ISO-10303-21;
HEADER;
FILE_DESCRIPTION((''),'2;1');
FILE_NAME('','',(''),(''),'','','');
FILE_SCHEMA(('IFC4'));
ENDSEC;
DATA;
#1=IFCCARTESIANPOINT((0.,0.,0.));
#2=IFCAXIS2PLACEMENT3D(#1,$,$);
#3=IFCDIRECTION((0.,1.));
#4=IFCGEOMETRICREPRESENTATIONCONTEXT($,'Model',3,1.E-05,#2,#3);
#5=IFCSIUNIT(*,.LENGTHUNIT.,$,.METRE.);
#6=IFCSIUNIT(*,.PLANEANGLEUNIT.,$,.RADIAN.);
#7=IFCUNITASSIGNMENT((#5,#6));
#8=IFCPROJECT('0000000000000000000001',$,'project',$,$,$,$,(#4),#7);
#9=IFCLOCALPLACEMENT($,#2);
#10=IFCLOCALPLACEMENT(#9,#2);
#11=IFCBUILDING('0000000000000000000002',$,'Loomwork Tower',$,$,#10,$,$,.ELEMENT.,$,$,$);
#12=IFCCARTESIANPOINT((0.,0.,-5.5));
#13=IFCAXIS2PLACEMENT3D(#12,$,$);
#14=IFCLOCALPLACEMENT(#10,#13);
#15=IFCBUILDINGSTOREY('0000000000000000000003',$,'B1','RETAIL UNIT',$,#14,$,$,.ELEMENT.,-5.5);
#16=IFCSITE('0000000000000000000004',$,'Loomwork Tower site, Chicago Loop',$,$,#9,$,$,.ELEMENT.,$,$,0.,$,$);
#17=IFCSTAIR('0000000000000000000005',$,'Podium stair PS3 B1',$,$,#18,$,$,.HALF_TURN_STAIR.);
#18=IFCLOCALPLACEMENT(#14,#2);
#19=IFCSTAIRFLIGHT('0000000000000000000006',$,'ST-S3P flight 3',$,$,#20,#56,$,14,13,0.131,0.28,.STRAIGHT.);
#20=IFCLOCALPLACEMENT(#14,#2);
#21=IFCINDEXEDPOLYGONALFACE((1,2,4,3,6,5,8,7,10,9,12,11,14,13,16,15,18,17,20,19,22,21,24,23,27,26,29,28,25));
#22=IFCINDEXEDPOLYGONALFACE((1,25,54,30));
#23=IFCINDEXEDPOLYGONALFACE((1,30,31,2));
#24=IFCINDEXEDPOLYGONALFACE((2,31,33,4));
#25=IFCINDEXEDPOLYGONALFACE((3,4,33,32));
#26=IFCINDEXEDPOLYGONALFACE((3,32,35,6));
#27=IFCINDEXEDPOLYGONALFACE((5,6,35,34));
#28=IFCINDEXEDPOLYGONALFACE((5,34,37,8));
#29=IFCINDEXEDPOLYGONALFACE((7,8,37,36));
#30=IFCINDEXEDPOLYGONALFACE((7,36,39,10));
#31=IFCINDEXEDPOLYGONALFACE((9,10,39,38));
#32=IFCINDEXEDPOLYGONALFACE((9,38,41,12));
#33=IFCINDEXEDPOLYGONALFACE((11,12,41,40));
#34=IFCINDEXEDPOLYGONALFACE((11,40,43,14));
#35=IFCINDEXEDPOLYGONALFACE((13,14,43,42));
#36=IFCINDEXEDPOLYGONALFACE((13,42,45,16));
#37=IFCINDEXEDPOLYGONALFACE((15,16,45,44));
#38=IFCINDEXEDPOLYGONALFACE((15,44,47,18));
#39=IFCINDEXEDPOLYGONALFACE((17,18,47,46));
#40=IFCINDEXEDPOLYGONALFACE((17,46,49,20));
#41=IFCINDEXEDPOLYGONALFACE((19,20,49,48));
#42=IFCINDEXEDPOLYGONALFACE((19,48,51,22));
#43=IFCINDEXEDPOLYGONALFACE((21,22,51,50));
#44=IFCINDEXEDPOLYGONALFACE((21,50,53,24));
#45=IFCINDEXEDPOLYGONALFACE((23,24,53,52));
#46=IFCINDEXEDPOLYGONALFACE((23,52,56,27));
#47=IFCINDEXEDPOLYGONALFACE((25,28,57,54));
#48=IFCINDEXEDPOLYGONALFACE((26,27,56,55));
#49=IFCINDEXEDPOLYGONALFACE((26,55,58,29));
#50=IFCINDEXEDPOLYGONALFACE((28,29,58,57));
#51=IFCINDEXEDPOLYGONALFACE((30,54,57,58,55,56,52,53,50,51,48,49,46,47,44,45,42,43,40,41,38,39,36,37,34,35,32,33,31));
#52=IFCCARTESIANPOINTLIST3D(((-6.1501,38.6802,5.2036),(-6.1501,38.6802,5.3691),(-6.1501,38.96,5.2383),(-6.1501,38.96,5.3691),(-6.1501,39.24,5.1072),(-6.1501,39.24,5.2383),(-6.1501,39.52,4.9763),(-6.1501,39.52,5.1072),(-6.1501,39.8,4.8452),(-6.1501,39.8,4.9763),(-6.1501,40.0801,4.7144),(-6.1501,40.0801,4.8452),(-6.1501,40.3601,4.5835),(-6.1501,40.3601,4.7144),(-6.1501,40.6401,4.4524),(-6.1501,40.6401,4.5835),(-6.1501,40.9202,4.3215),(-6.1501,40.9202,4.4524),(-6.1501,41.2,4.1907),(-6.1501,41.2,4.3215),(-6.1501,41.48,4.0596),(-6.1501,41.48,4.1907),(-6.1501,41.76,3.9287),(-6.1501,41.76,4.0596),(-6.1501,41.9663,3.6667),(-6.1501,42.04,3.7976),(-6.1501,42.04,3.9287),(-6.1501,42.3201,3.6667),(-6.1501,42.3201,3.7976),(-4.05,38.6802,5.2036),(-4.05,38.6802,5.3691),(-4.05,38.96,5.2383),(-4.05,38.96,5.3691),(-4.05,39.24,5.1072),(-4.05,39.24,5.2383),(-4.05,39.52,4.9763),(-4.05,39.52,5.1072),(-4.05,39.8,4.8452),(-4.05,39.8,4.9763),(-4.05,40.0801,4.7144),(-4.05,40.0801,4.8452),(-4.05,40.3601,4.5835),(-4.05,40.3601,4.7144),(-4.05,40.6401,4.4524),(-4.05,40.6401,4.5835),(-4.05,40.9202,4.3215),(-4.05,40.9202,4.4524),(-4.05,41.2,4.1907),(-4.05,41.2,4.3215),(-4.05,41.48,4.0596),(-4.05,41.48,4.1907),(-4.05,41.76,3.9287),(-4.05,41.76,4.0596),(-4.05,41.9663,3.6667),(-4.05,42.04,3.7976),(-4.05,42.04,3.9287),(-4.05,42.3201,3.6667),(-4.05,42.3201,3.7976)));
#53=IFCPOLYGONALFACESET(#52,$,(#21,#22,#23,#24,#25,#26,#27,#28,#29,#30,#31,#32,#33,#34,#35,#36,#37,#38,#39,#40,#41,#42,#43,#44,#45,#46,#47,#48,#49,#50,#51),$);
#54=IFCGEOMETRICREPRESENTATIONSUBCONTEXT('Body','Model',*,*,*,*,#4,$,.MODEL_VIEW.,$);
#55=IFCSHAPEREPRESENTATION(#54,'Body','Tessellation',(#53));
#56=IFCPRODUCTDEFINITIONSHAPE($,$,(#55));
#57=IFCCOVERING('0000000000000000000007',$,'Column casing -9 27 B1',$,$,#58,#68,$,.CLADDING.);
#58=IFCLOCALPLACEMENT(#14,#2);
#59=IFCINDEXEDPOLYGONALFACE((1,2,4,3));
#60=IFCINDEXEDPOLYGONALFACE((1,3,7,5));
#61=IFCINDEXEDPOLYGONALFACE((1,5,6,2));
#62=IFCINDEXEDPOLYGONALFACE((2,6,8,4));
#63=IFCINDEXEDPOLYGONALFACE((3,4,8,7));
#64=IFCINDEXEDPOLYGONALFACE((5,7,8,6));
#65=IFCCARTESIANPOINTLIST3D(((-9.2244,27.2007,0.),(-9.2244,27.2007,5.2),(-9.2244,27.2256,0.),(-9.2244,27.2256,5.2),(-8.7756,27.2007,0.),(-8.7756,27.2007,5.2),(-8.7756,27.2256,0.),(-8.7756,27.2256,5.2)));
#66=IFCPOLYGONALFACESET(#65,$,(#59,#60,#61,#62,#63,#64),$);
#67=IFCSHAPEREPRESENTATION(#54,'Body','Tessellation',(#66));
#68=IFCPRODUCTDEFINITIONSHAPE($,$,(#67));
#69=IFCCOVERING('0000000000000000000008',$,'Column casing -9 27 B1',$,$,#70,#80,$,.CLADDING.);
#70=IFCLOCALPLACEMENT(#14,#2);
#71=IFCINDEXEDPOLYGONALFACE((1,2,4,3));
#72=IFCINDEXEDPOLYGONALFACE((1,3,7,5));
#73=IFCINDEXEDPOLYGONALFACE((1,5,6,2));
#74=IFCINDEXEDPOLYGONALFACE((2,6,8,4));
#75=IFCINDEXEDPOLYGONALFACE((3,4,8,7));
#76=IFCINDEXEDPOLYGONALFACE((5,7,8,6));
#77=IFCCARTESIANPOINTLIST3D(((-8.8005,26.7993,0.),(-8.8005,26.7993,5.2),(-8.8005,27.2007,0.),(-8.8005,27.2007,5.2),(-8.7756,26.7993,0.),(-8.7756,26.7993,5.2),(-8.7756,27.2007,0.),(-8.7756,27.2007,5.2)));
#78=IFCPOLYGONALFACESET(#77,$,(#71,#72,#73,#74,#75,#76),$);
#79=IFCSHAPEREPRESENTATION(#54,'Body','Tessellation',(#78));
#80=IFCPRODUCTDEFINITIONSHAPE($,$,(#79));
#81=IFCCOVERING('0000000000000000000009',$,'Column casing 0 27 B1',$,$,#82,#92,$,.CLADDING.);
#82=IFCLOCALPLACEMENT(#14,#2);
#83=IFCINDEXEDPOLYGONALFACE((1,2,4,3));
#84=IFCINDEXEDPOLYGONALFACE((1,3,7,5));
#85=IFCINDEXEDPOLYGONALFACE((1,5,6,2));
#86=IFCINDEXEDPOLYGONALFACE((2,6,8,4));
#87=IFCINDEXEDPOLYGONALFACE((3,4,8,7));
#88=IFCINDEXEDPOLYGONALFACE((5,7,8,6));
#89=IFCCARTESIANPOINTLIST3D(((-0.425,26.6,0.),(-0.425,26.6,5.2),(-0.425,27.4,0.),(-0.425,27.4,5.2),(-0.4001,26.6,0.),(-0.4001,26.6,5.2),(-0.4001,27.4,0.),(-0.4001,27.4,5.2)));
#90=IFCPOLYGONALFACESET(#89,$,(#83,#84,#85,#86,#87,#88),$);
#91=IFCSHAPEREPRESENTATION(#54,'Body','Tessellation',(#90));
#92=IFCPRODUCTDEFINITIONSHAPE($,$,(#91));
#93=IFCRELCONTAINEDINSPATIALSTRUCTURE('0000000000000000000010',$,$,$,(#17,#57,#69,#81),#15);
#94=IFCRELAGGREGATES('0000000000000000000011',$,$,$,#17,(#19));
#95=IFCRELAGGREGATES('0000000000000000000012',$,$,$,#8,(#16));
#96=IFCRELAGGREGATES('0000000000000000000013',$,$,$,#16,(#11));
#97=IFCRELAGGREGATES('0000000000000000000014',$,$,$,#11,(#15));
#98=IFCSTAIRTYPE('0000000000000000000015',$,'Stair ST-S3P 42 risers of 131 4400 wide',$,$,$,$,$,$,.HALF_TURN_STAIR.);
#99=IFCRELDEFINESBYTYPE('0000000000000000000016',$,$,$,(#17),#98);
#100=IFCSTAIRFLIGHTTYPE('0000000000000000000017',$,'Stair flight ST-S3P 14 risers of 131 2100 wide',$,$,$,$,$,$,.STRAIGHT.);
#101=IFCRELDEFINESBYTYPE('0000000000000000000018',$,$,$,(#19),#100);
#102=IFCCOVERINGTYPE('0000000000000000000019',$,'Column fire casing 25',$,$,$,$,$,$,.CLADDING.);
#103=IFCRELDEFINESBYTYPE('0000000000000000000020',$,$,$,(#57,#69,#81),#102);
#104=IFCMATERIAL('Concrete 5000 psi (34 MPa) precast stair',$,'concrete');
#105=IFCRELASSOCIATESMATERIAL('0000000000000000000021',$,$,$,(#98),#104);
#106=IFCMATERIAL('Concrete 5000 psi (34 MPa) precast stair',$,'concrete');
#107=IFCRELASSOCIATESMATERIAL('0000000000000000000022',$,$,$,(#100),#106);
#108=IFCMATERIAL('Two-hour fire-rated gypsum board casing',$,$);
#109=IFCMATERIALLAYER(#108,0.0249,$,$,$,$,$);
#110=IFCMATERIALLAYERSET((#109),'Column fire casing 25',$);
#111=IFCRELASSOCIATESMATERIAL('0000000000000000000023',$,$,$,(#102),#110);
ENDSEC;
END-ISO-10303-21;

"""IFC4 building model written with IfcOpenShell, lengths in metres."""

from ifc_helpers import new_model, si_unit, direction, frame, origin, origin_2d, place, context, subcontext, project, spatial, polyline, rectangle, outline, extrude, material, layer, layer_set, type_object, element, aggregate, save


model = new_model("IFC4")

# Units and contexts
model_context = context("Model", 3, precision=1e-05, world=origin(), true_north=direction((0.0, 1.0)))
body_context = subcontext(model_context, "Body", "Model", "MODEL_VIEW")
ifc_project = project(units=[si_unit("LENGTHUNIT", "METRE"), si_unit("PLANEANGLEUNIT", "RADIAN")], contexts=[model_context])

# Site, building, storey
site_placement = place(None, origin())
site = spatial("IfcSite", under=ifc_project, at=site_placement, Name="Loomwork Tower site, Chicago Loop", CompositionType="ELEMENT", RefElevation=0.0)
building_placement = place(site_placement, origin())
building = spatial("IfcBuilding", under=site, at=building_placement, Name="Loomwork Tower", CompositionType="ELEMENT")
storey_placement = place(building_placement, frame((0.0, 0.0, -5.5)))
storey = spatial("IfcBuildingStorey", under=building, at=storey_placement, Name="B1", Description="RETAIL UNIT", CompositionType="ELEMENT", Elevation=-5.5)

# Stair, stair flight
ifc_material_1 = material(Name="Concrete 5000 psi (34 MPa) precast stair", Category="concrete")
stair_type = type_object("IfcStairType", Name="Stair ST-S3P 42 risers of 131 4400 wide", PredefinedType="HALF_TURN_STAIR", material=ifc_material_1)
stair_placement = place(storey_placement, origin())
stair = element("IfcStair", 1, at=stair_placement, inside=storey, type_object=stair_type, Name="Podium stair PS3 B1", PredefinedType="HALF_TURN_STAIR")
ifc_material_2 = material(Name="Concrete 5000 psi (34 MPa) precast stair", Category="concrete")
stair_flight_type = type_object("IfcStairFlightType", Name="Stair flight ST-S3P 14 risers of 131 2100 wide", PredefinedType="STRAIGHT", material=ifc_material_2)
stair_flight_1_placement = place(storey_placement, frame((-5.1001, 42.3201, 3.6667), z_axis=(0.0, 0.0, 1.0), x_axis=(0.0, -1.0, 0.0)))
stair_flight_1 = element("IfcStairFlight", 2, at=stair_flight_1_placement, type_object=stair_flight_type, Name="ST-S3P flight 3", NumberOfRisers=14, NumberOfTreads=13, PredefinedType="STRAIGHT", RiserHeight=0.131, TreadLength=0.28, context=body_context, shape_type="SweptSolid", body=[
    extrude(outline(polyline([(0.0, 0.0), (0.0, 0.1309), (0.28, 0.1309), (0.28, 0.262), (0.5601, 0.262), (0.5601, 0.3928), (0.8401, 0.3928), (0.8401, 0.5239), (1.1201, 0.5239), (1.1201, 0.6548), (1.3999, 0.6548), (1.3999, 0.7856), (1.6799, 0.7856), (1.6799, 0.9167), (1.96, 0.9167), (1.96, 1.0476), (2.24, 1.0476), (2.24, 1.1785), (2.52, 1.1785), (2.52, 1.3096), (2.8, 1.3096), (2.8, 1.4404), (3.0801, 1.4404), (3.0801, 1.5715), (3.3601, 1.5715), (3.3601, 1.7024), (3.6399, 1.7024), (3.6399, 1.8333), (3.6399, 1.5369), (0.3538, 0.0), (0.0, 0.0)])), frame((0.0, 1.05, 0.0), z_axis=(0.0, -1.0, 0.0), x_axis=(1.0, 0.0, 0.0)), (0.0, 0.0, 1.0), 2.1001),
])
aggregate(stair, [stair_flight_1])

# Coverings
ifc_material_3 = material(Name="Two-hour fire-rated gypsum board casing")
ifc_layer_1 = layer(ifc_material_3, 0.0249)
ifc_layer_set_1 = layer_set([ifc_layer_1], Name="Column fire casing 25")
covering_type = type_object("IfcCoveringType", Name="Column fire casing 25", PredefinedType="CLADDING", material=ifc_layer_set_1)
covering_1_placement = place(storey_placement, frame((-9.0, 27.2131, 0.0), z_axis=(0.0, 0.0, 1.0), x_axis=(1.0, 0.0, 0.0)))
element("IfcCovering", 3, at=covering_1_placement, inside=storey, type_object=covering_type, Name="Column casing -9 27 B1", PredefinedType="CLADDING", context=body_context, shape_type="SweptSolid", body=[
    extrude(rectangle(XDim=0.4487, YDim=0.0249, at=origin_2d()), origin(), (0.0, 0.0, 1.0), 5.2),
])
covering_2_placement = place(storey_placement, frame((-8.7881, 27.0, 0.0), z_axis=(0.0, 0.0, 1.0), x_axis=(1.0, 0.0, 0.0)))
element("IfcCovering", 4, at=covering_2_placement, inside=storey, type_object=covering_type, Name="Column casing -9 27 B1", PredefinedType="CLADDING", context=body_context, shape_type="SweptSolid", body=[
    extrude(rectangle(XDim=0.0249, YDim=0.4014, at=origin_2d()), origin(), (0.0, 0.0, 1.0), 5.2),
])
covering_3_placement = place(storey_placement, frame((-0.4126, 27.0, 0.0), z_axis=(0.0, 0.0, 1.0), x_axis=(1.0, 0.0, 0.0)))
element("IfcCovering", 5, at=covering_3_placement, inside=storey, type_object=covering_type, Name="Column casing 0 27 B1", PredefinedType="CLADDING", context=body_context, shape_type="SweptSolid", body=[
    extrude(rectangle(XDim=0.0249, YDim=0.8, at=origin_2d()), origin(), (0.0, 0.0, 1.0), 5.2),
])

save(model, "model.ifc")
